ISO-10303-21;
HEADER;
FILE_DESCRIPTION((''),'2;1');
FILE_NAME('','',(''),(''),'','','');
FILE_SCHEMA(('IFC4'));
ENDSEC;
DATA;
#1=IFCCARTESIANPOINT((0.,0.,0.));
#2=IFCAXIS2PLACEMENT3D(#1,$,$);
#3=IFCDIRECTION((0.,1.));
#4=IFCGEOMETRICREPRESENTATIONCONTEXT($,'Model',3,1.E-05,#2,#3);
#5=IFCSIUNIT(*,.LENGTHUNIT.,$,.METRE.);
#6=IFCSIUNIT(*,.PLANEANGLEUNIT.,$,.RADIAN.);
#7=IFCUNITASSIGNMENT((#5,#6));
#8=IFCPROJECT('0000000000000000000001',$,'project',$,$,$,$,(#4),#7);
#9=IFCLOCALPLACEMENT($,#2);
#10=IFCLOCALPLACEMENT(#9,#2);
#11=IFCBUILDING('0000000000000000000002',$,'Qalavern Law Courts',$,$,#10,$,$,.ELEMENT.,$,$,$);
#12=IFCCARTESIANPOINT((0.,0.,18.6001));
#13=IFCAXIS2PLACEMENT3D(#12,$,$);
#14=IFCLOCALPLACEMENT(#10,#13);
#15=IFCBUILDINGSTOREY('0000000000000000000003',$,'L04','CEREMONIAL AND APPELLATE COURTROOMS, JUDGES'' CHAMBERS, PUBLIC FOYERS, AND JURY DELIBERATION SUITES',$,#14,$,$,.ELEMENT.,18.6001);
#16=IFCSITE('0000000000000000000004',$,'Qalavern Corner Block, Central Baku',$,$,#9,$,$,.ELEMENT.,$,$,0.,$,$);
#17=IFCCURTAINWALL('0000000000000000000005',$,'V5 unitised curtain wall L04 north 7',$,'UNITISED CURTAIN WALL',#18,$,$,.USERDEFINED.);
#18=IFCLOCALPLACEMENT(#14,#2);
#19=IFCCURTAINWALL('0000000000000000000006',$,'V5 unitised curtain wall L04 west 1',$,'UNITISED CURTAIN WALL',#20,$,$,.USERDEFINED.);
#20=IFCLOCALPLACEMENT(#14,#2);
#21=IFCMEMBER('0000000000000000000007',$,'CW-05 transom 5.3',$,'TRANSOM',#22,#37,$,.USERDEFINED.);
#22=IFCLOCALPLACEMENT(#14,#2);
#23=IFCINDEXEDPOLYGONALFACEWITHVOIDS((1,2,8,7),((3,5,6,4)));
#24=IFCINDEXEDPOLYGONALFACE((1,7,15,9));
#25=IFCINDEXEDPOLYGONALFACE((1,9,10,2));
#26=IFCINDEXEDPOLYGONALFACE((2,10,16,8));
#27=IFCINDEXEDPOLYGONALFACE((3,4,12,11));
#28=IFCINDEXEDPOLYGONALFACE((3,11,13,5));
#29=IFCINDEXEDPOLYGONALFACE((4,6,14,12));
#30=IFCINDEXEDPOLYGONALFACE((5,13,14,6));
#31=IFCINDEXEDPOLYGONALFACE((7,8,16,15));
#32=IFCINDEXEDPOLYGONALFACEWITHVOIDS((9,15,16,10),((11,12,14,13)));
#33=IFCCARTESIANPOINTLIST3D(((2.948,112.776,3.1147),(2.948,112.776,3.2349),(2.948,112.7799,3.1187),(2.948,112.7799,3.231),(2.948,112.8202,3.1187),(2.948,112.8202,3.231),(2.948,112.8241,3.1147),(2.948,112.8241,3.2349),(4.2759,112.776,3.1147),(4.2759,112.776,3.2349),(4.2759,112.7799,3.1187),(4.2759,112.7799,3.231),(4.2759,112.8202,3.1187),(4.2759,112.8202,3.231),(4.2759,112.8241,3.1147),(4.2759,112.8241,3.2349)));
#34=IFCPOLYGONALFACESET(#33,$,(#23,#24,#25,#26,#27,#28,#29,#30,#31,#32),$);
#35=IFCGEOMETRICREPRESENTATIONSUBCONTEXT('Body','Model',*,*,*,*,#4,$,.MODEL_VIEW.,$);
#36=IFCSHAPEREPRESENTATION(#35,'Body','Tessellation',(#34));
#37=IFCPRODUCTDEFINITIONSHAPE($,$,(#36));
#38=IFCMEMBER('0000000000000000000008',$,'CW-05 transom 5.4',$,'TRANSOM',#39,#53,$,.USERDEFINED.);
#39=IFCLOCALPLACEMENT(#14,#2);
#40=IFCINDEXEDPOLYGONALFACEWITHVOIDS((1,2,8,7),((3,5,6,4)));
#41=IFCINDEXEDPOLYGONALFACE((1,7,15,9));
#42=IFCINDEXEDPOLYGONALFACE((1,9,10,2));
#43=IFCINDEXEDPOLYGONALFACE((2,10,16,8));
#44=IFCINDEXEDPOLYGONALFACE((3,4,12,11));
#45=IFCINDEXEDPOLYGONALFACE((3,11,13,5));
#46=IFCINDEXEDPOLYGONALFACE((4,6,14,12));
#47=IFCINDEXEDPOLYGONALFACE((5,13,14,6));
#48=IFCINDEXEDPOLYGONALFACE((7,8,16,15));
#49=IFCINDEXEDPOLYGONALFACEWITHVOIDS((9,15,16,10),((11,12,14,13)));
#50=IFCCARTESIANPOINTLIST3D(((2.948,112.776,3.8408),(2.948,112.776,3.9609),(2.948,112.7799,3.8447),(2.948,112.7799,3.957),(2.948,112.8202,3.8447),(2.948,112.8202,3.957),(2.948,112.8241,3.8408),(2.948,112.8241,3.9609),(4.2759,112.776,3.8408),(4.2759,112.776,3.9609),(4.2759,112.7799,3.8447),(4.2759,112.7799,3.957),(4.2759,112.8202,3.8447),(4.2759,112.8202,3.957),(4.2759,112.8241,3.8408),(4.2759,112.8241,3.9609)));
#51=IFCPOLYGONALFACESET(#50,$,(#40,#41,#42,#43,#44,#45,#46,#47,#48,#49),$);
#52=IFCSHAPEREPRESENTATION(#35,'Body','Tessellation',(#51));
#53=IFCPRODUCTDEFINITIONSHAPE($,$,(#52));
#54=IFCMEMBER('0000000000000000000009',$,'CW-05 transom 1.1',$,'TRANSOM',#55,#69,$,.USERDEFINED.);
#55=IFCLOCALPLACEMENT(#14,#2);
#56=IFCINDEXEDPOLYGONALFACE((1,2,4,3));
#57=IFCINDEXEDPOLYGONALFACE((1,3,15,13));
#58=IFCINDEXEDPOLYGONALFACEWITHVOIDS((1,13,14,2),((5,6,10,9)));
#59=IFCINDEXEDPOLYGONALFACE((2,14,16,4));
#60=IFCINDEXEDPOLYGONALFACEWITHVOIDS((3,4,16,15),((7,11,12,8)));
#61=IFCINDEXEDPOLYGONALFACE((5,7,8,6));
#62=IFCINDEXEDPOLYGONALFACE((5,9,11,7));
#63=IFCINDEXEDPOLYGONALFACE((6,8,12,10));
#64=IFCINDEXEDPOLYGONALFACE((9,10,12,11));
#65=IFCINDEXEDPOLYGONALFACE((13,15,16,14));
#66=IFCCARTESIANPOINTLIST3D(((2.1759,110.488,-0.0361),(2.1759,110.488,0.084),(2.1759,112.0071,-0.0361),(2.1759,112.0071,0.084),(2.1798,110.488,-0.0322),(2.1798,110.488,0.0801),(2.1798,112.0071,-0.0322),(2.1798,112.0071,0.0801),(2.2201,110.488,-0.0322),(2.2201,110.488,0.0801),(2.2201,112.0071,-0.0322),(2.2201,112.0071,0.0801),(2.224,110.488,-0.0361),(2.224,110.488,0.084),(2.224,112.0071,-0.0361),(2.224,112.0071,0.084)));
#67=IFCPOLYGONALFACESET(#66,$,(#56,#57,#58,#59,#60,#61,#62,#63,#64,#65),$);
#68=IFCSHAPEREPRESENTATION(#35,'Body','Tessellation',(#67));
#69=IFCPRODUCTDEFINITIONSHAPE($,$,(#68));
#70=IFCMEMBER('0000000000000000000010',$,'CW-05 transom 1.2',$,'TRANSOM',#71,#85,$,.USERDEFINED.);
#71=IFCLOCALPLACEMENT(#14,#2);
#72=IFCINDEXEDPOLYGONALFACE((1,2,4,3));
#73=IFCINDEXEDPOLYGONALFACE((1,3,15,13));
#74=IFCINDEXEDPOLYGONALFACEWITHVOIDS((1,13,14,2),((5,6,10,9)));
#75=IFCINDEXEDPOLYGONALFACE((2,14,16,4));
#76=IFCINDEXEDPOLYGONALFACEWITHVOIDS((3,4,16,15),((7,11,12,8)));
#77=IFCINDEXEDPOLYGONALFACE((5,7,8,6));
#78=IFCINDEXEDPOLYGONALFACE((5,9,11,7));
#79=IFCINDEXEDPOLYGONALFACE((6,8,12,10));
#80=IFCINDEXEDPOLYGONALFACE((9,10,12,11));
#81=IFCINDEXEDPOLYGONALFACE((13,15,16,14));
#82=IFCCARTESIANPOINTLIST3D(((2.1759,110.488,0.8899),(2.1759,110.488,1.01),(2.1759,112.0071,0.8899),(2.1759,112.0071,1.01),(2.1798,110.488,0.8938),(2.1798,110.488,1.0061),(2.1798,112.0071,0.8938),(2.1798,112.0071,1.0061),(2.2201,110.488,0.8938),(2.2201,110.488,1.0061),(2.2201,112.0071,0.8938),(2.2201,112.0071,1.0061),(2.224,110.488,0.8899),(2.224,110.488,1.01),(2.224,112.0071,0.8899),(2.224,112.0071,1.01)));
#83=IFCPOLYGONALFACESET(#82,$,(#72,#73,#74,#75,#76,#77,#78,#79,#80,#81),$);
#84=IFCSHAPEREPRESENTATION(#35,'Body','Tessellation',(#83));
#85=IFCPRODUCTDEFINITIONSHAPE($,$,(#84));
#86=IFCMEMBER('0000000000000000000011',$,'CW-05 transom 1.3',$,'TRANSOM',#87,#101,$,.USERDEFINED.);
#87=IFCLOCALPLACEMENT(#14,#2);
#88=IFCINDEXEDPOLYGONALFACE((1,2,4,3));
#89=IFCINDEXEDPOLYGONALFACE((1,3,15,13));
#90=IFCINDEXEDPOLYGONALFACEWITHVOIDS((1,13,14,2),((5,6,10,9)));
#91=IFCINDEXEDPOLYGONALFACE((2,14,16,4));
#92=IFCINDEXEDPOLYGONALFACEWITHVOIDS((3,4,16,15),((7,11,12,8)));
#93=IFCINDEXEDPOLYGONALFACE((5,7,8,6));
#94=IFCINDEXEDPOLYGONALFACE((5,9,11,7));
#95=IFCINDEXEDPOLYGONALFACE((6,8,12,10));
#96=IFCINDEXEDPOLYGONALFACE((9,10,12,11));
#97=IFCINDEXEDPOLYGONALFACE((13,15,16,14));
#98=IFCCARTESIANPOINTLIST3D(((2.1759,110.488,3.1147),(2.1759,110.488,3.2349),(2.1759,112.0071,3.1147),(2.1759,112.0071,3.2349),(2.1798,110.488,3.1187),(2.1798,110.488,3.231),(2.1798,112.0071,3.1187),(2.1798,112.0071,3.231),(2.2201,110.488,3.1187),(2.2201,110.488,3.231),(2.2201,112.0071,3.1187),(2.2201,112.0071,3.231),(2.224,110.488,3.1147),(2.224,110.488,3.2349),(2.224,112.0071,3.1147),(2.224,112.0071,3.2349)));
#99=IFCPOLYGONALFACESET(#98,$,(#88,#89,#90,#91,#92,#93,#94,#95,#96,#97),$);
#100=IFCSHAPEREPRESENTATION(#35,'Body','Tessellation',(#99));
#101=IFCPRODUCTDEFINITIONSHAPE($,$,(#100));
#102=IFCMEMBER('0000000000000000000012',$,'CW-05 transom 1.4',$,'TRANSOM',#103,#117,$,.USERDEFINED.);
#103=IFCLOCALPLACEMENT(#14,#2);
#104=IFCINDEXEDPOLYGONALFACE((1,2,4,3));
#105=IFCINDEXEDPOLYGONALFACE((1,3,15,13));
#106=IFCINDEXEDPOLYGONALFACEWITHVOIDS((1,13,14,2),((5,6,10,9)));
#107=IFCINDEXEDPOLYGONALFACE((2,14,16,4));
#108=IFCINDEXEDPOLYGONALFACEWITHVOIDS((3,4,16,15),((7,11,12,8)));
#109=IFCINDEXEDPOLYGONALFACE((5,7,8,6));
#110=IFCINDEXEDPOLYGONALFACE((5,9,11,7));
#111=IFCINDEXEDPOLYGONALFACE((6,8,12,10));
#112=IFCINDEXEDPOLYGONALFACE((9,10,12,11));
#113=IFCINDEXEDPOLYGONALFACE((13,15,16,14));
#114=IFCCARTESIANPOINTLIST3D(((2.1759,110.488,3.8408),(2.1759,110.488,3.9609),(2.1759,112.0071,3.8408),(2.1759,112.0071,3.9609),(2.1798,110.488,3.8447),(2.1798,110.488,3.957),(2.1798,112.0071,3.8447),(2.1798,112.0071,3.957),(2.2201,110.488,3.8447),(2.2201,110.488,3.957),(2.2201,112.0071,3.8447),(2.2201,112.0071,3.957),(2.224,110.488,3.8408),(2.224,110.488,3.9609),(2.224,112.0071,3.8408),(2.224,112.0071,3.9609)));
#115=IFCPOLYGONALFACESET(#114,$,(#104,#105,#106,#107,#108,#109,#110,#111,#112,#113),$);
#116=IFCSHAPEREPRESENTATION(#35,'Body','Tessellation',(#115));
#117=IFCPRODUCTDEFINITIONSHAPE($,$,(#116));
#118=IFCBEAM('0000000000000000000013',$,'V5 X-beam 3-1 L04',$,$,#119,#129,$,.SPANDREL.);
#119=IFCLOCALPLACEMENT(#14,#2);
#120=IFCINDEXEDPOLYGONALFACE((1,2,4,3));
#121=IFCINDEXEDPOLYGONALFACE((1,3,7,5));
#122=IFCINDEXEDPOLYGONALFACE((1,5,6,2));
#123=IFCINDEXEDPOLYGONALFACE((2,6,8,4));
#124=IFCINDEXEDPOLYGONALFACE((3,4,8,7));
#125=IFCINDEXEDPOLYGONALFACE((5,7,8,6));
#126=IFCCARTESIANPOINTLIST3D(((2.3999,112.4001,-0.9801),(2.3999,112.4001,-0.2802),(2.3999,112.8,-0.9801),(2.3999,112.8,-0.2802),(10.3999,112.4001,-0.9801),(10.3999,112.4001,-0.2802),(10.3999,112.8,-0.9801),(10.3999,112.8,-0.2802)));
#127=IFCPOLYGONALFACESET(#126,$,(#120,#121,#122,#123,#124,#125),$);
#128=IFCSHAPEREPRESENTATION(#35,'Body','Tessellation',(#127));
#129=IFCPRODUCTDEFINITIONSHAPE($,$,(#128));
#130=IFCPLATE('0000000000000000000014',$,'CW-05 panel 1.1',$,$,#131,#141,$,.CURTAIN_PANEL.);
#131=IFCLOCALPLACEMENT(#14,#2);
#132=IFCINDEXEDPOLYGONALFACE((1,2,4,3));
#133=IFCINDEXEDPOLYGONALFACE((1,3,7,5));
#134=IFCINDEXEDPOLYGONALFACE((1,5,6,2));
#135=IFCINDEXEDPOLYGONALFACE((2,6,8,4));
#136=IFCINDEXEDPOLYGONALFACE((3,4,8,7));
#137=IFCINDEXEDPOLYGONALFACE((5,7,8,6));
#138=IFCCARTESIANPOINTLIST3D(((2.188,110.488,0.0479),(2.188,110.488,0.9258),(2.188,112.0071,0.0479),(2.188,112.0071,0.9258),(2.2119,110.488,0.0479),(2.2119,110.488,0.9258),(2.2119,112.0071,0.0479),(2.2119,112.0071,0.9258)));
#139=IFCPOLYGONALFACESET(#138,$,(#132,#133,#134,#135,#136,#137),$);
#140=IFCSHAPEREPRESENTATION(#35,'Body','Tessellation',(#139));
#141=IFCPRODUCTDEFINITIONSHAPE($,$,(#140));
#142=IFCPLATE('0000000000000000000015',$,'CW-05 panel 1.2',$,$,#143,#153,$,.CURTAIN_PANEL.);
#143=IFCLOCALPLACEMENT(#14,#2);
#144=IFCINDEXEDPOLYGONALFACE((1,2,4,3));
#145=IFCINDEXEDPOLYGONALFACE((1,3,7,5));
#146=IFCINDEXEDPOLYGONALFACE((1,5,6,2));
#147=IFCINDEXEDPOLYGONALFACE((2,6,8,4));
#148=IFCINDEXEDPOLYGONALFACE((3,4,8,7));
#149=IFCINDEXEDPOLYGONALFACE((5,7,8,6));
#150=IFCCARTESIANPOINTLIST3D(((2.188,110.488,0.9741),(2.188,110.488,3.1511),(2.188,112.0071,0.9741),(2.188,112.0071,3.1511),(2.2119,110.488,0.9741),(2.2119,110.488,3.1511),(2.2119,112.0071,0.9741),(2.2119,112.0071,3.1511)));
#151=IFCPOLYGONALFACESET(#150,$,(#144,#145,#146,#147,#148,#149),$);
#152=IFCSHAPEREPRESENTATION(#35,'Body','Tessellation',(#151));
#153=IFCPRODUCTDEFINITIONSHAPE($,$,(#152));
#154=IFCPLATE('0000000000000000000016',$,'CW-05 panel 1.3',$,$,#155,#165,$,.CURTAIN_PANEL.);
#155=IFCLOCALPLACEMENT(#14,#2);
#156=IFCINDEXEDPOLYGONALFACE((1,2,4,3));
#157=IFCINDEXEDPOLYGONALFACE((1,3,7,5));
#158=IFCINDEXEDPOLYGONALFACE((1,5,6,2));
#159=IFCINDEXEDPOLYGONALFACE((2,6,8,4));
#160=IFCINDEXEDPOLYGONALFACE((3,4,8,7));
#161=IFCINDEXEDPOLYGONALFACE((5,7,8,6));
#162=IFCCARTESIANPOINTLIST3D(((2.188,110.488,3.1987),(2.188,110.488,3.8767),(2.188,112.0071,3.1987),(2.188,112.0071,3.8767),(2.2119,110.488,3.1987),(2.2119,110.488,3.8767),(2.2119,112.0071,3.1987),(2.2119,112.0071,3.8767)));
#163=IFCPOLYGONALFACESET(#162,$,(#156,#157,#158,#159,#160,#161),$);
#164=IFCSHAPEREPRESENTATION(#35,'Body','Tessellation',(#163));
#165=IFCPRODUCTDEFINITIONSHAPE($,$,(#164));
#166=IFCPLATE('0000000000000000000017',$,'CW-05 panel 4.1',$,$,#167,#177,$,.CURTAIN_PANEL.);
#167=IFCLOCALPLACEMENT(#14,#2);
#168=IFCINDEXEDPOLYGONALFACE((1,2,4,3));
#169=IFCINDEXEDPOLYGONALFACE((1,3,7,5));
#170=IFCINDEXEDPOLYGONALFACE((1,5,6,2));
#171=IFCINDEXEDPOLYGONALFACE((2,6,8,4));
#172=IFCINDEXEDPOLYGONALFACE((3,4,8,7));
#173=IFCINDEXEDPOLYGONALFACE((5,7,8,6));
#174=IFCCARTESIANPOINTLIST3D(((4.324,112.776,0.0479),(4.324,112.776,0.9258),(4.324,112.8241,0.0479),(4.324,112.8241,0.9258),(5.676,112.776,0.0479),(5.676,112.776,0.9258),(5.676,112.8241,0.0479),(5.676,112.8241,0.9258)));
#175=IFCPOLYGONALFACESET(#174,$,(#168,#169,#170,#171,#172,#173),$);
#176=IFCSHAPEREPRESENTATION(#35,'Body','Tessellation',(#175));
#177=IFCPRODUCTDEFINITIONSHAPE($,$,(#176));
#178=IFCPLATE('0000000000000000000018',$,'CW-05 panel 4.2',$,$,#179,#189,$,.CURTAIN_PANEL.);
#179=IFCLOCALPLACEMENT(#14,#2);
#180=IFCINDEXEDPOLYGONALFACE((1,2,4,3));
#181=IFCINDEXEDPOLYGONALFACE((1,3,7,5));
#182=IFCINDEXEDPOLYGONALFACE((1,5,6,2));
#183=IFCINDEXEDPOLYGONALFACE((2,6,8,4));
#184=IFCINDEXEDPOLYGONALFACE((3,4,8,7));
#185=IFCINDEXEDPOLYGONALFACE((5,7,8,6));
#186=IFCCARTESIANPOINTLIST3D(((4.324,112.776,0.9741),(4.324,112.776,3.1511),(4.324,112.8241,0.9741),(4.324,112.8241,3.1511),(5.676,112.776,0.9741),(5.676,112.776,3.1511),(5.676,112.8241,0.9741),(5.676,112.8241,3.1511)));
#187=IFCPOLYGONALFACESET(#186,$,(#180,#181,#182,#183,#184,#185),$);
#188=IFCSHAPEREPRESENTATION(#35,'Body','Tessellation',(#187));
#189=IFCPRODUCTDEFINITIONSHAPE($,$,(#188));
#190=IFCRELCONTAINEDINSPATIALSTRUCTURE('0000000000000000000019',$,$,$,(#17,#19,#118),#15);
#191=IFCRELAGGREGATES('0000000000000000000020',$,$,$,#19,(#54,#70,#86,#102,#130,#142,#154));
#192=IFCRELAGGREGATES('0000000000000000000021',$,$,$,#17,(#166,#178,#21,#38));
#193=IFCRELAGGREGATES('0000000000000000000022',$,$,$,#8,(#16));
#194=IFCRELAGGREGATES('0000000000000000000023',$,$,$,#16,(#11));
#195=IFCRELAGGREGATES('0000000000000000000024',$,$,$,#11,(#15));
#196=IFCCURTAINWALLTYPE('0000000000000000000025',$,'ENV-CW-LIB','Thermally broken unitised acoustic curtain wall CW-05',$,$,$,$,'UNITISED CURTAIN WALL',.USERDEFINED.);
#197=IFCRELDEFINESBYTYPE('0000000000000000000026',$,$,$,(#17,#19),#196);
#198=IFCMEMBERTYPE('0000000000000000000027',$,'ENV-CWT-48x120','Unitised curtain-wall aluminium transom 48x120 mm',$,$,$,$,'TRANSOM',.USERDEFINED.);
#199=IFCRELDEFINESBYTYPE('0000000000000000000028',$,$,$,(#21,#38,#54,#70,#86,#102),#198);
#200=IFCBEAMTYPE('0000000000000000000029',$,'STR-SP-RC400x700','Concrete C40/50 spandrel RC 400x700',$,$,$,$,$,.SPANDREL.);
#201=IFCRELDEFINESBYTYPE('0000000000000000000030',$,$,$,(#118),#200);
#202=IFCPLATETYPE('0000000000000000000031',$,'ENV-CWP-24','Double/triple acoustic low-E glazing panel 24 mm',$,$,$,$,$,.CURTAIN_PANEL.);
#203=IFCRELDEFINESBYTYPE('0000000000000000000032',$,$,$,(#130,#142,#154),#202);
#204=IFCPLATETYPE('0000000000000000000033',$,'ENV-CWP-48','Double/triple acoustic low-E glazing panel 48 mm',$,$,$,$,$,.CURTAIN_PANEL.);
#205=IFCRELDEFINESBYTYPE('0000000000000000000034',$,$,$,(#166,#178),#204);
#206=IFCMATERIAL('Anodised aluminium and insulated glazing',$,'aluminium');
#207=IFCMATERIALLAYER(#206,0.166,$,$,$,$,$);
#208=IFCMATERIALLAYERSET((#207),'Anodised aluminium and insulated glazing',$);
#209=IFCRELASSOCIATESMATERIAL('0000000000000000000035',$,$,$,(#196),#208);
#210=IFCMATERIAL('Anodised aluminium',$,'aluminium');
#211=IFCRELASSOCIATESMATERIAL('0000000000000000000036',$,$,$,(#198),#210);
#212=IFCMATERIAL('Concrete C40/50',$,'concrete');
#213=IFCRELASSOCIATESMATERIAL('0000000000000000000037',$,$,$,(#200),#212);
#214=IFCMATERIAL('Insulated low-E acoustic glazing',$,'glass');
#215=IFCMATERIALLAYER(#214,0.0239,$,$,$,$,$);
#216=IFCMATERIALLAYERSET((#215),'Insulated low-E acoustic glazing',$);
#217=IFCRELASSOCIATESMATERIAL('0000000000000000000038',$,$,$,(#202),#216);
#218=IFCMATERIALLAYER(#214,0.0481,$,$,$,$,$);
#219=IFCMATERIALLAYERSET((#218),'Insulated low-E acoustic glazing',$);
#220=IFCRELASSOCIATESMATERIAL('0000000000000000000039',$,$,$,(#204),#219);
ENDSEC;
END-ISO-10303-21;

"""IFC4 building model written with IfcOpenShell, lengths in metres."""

from ifc_helpers import new_model, si_unit, direction, frame, origin, origin_2d, place, context, subcontext, project, spatial, rectangle, hollow_rectangle, extrude, material, layer, layer_set, material_profile, profile_set, type_object, element, aggregate, save


model = new_model("IFC4")

# Units and contexts
model_context = context("Model", 3, precision=1e-05, world=origin(), true_north=direction((0.0, 1.0)))
body_context = subcontext(model_context, "Body", "Model", "MODEL_VIEW")
ifc_project = project(units=[si_unit("LENGTHUNIT", "METRE"), si_unit("PLANEANGLEUNIT", "RADIAN")], contexts=[model_context])

# Site, building, storey
site_placement = place(None, origin())
site = spatial("IfcSite", under=ifc_project, at=site_placement, Name="Qalavern Corner Block, Central Baku", CompositionType="ELEMENT", RefElevation=0.0)
building_placement = place(site_placement, origin())
building = spatial("IfcBuilding", under=site, at=building_placement, Name="Qalavern Law Courts", CompositionType="ELEMENT")
storey_placement = place(building_placement, frame((0.0, 0.0, 18.6001)))
storey = spatial("IfcBuildingStorey", under=building, at=storey_placement, Name="L04", Description="CEREMONIAL AND APPELLATE COURTROOMS, JUDGES' CHAMBERS, PUBLIC FOYERS, AND JURY DELIBERATION SUITES", CompositionType="ELEMENT", Elevation=18.6001)

# Curtain wall
ifc_material_1 = material(Name="Anodised aluminium and insulated glazing", Category="aluminium")
ifc_layer_1 = layer(ifc_material_1, 0.166)
ifc_layer_set_1 = layer_set([ifc_layer_1], Name="Anodised aluminium and insulated glazing")
curtain_wall_type = type_object("IfcCurtainWallType", Name="ENV-CW-LIB", Description="Thermally broken unitised acoustic curtain wall CW-05", ElementType="UNITISED CURTAIN WALL", PredefinedType="USERDEFINED", material=ifc_layer_set_1)
curtain_wall_1_placement = place(storey_placement, origin())
curtain_wall_1 = element("IfcCurtainWall", 1, at=curtain_wall_1_placement, inside=storey, type_object=curtain_wall_type, Name="V5 unitised curtain wall L04 north 7", ObjectType="UNITISED CURTAIN WALL", PredefinedType="USERDEFINED")
ifc_material_2 = material(Name="Anodised aluminium", Category="aluminium")

# Curtain wall
curtain_wall_2_placement = place(storey_placement, origin())
curtain_wall_2 = element("IfcCurtainWall", 2, at=curtain_wall_2_placement, inside=storey, type_object=curtain_wall_type, Name="V5 unitised curtain wall L04 west 1", ObjectType="UNITISED CURTAIN WALL", PredefinedType="USERDEFINED")

# Members
ifc_material_profile_1 = material_profile(ifc_material_2, hollow_rectangle(XDim=0.0481, YDim=0.1201, WallThickness=0.0039, at=origin_2d()), Name="ALU TRANSOM 48x120")
ifc_profile_set_1 = profile_set([ifc_material_profile_1], Name="Anodised aluminium")
member_type_1 = type_object("IfcMemberType", Name="ENV-CWT-48x120", Description="Unitised curtain-wall aluminium transom 48x120 mm", ElementType="TRANSOM", PredefinedType="USERDEFINED", material=ifc_profile_set_1)
member_1_placement = place(storey_placement, frame((4.2759, 112.8, 3.1748), z_axis=(-1.0, 0.0, 0.0), x_axis=(0.0, -1.0, 0.0)))
member_1 = element("IfcMember", 3, at=member_1_placement, type_object=member_type_1, Name="CW-05 transom 5.3", ObjectType="TRANSOM", PredefinedType="USERDEFINED", context=body_context, shape_type="SweptSolid", body=[
    extrude(hollow_rectangle(XDim=0.0481, YDim=0.1201, WallThickness=0.0039, at=origin_2d()), origin(), (0.0, 0.0, 1.0), 1.3279),
])
member_2_placement = place(storey_placement, frame((4.2759, 112.8, 3.9009), z_axis=(-1.0, 0.0, 0.0), x_axis=(0.0, -1.0, 0.0)))
member_2 = element("IfcMember", 4, at=member_2_placement, type_object=member_type_1, Name="CW-05 transom 5.4", ObjectType="TRANSOM", PredefinedType="USERDEFINED", context=body_context, shape_type="SweptSolid", body=[
    extrude(hollow_rectangle(XDim=0.0481, YDim=0.1201, WallThickness=0.0039, at=origin_2d()), origin(), (0.0, 0.0, 1.0), 1.3279),
])
member_3_placement = place(storey_placement, frame((2.2, 112.0071, 0.0239), z_axis=(0.0, -1.0, 0.0), x_axis=(1.0, 0.0, 0.0)))
member_3 = element("IfcMember", 5, at=member_3_placement, type_object=member_type_1, Name="CW-05 transom 1.1", ObjectType="TRANSOM", PredefinedType="USERDEFINED", context=body_context, shape_type="SweptSolid", body=[
    extrude(hollow_rectangle(XDim=0.0481, YDim=0.1201, WallThickness=0.0039, at=origin_2d()), origin(), (0.0, 0.0, 1.0), 1.519),
])
member_4_placement = place(storey_placement, frame((2.2, 112.0071, 0.95), z_axis=(0.0, -1.0, 0.0), x_axis=(1.0, 0.0, 0.0)))
member_4 = element("IfcMember", 6, at=member_4_placement, type_object=member_type_1, Name="CW-05 transom 1.2", ObjectType="TRANSOM", PredefinedType="USERDEFINED", context=body_context, shape_type="SweptSolid", body=[
    extrude(hollow_rectangle(XDim=0.0481, YDim=0.1201, WallThickness=0.0039, at=origin_2d()), origin(), (0.0, 0.0, 1.0), 1.519),
])
member_5_placement = place(storey_placement, frame((2.2, 112.0071, 3.1748), z_axis=(0.0, -1.0, 0.0), x_axis=(1.0, 0.0, 0.0)))
member_5 = element("IfcMember", 7, at=member_5_placement, type_object=member_type_1, Name="CW-05 transom 1.3", ObjectType="TRANSOM", PredefinedType="USERDEFINED", context=body_context, shape_type="SweptSolid", body=[
    extrude(hollow_rectangle(XDim=0.0481, YDim=0.1201, WallThickness=0.0039, at=origin_2d()), origin(), (0.0, 0.0, 1.0), 1.519),
])
member_6_placement = place(storey_placement, frame((2.2, 112.0071, 3.9009), z_axis=(0.0, -1.0, 0.0), x_axis=(1.0, 0.0, 0.0)))
member_6 = element("IfcMember", 8, at=member_6_placement, type_object=member_type_1, Name="CW-05 transom 1.4", ObjectType="TRANSOM", PredefinedType="USERDEFINED", context=body_context, shape_type="SweptSolid", body=[
    extrude(hollow_rectangle(XDim=0.0481, YDim=0.1201, WallThickness=0.0039, at=origin_2d()), origin(), (0.0, 0.0, 1.0), 1.519),
])

# Beam
ifc_material_3 = material(Name="Concrete C40/50", Category="concrete")
ifc_material_profile_2 = material_profile(ifc_material_3, rectangle(XDim=0.3999, YDim=0.7, at=origin_2d()), Name="RC 400x700")
ifc_profile_set_2 = profile_set([ifc_material_profile_2], Name="Concrete C40/50")
beam_type = type_object("IfcBeamType", Name="STR-SP-RC400x700", Description="Concrete C40/50 spandrel RC 400x700", PredefinedType="SPANDREL", material=ifc_profile_set_2)
beam_placement = place(storey_placement, frame((2.3999, 112.6001, -0.6301), z_axis=(1.0, 0.0, 0.0), x_axis=(0.0, 1.0, 0.0)))
element("IfcBeam", 9, at=beam_placement, inside=storey, type_object=beam_type, Name="V5 X-beam 3-1 L04", PredefinedType="SPANDREL", context=body_context, shape_type="SweptSolid", body=[
    extrude(rectangle(XDim=0.3999, YDim=0.7, at=origin_2d()), origin(), (0.0, 0.0, 1.0), 8.0),
])

# Plates
ifc_material_4 = material(Name="Insulated low-E acoustic glazing", Category="glass")
ifc_layer_2 = layer(ifc_material_4, 0.0239)
ifc_layer_set_2 = layer_set([ifc_layer_2], Name="Insulated low-E acoustic glazing")
plate_type_1 = type_object("IfcPlateType", Name="ENV-CWP-24", Description="Double/triple acoustic low-E glazing panel 24 mm", PredefinedType="CURTAIN_PANEL", material=ifc_layer_set_2)
plate_1_placement = place(storey_placement, frame((2.2, 111.2476, 0.0479), z_axis=(0.0, 0.0, 1.0), x_axis=(0.0, -1.0, 0.0)))
plate_1 = element("IfcPlate", 10, at=plate_1_placement, type_object=plate_type_1, Name="CW-05 panel 1.1", PredefinedType="CURTAIN_PANEL", context=body_context, shape_type="SweptSolid", body=[
    extrude(rectangle(XDim=1.519, YDim=0.0239, at=origin_2d()), origin(), (0.0, 0.0, 1.0), 0.8779),
])
plate_2_placement = place(storey_placement, frame((2.2, 111.2476, 0.9741), z_axis=(0.0, 0.0, 1.0), x_axis=(0.0, -1.0, 0.0)))
plate_2 = element("IfcPlate", 11, at=plate_2_placement, type_object=plate_type_1, Name="CW-05 panel 1.2", PredefinedType="CURTAIN_PANEL", context=body_context, shape_type="SweptSolid", body=[
    extrude(rectangle(XDim=1.519, YDim=0.0239, at=origin_2d()), origin(), (0.0, 0.0, 1.0), 2.177),
])
plate_3_placement = place(storey_placement, frame((2.2, 111.2476, 3.1987), z_axis=(0.0, 0.0, 1.0), x_axis=(0.0, -1.0, 0.0)))
plate_3 = element("IfcPlate", 12, at=plate_3_placement, type_object=plate_type_1, Name="CW-05 panel 1.3", PredefinedType="CURTAIN_PANEL", context=body_context, shape_type="SweptSolid", body=[
    extrude(rectangle(XDim=1.519, YDim=0.0239, at=origin_2d()), origin(), (0.0, 0.0, 1.0), 0.678),
])
aggregate(curtain_wall_2, [member_3, member_4, member_5, member_6, plate_1, plate_2, plate_3])
ifc_layer_3 = layer(ifc_material_4, 0.0481)
ifc_layer_set_3 = layer_set([ifc_layer_3], Name="Insulated low-E acoustic glazing")
plate_type_2 = type_object("IfcPlateType", Name="ENV-CWP-48", Description="Double/triple acoustic low-E glazing panel 48 mm", PredefinedType="CURTAIN_PANEL", material=ifc_layer_set_3)
plate_4_placement = place(storey_placement, frame((5.0, 112.8, 0.0479), z_axis=(0.0, 0.0, 1.0), x_axis=(-1.0, 0.0, 0.0)))
plate_4 = element("IfcPlate", 13, at=plate_4_placement, type_object=plate_type_2, Name="CW-05 panel 4.1", PredefinedType="CURTAIN_PANEL", context=body_context, shape_type="SweptSolid", body=[
    extrude(rectangle(XDim=1.3521, YDim=0.0481, at=origin_2d()), origin(), (0.0, 0.0, 1.0), 0.8779),
])
plate_5_placement = place(storey_placement, frame((5.0, 112.8, 0.9741), z_axis=(0.0, 0.0, 1.0), x_axis=(-1.0, 0.0, 0.0)))
plate_5 = element("IfcPlate", 14, at=plate_5_placement, type_object=plate_type_2, Name="CW-05 panel 4.2", PredefinedType="CURTAIN_PANEL", context=body_context, shape_type="SweptSolid", body=[
    extrude(rectangle(XDim=1.3521, YDim=0.0481, at=origin_2d()), origin(), (0.0, 0.0, 1.0), 2.177),
])
aggregate(curtain_wall_1, [plate_4, plate_5, member_1, member_2])

save(model, "model.ifc")
